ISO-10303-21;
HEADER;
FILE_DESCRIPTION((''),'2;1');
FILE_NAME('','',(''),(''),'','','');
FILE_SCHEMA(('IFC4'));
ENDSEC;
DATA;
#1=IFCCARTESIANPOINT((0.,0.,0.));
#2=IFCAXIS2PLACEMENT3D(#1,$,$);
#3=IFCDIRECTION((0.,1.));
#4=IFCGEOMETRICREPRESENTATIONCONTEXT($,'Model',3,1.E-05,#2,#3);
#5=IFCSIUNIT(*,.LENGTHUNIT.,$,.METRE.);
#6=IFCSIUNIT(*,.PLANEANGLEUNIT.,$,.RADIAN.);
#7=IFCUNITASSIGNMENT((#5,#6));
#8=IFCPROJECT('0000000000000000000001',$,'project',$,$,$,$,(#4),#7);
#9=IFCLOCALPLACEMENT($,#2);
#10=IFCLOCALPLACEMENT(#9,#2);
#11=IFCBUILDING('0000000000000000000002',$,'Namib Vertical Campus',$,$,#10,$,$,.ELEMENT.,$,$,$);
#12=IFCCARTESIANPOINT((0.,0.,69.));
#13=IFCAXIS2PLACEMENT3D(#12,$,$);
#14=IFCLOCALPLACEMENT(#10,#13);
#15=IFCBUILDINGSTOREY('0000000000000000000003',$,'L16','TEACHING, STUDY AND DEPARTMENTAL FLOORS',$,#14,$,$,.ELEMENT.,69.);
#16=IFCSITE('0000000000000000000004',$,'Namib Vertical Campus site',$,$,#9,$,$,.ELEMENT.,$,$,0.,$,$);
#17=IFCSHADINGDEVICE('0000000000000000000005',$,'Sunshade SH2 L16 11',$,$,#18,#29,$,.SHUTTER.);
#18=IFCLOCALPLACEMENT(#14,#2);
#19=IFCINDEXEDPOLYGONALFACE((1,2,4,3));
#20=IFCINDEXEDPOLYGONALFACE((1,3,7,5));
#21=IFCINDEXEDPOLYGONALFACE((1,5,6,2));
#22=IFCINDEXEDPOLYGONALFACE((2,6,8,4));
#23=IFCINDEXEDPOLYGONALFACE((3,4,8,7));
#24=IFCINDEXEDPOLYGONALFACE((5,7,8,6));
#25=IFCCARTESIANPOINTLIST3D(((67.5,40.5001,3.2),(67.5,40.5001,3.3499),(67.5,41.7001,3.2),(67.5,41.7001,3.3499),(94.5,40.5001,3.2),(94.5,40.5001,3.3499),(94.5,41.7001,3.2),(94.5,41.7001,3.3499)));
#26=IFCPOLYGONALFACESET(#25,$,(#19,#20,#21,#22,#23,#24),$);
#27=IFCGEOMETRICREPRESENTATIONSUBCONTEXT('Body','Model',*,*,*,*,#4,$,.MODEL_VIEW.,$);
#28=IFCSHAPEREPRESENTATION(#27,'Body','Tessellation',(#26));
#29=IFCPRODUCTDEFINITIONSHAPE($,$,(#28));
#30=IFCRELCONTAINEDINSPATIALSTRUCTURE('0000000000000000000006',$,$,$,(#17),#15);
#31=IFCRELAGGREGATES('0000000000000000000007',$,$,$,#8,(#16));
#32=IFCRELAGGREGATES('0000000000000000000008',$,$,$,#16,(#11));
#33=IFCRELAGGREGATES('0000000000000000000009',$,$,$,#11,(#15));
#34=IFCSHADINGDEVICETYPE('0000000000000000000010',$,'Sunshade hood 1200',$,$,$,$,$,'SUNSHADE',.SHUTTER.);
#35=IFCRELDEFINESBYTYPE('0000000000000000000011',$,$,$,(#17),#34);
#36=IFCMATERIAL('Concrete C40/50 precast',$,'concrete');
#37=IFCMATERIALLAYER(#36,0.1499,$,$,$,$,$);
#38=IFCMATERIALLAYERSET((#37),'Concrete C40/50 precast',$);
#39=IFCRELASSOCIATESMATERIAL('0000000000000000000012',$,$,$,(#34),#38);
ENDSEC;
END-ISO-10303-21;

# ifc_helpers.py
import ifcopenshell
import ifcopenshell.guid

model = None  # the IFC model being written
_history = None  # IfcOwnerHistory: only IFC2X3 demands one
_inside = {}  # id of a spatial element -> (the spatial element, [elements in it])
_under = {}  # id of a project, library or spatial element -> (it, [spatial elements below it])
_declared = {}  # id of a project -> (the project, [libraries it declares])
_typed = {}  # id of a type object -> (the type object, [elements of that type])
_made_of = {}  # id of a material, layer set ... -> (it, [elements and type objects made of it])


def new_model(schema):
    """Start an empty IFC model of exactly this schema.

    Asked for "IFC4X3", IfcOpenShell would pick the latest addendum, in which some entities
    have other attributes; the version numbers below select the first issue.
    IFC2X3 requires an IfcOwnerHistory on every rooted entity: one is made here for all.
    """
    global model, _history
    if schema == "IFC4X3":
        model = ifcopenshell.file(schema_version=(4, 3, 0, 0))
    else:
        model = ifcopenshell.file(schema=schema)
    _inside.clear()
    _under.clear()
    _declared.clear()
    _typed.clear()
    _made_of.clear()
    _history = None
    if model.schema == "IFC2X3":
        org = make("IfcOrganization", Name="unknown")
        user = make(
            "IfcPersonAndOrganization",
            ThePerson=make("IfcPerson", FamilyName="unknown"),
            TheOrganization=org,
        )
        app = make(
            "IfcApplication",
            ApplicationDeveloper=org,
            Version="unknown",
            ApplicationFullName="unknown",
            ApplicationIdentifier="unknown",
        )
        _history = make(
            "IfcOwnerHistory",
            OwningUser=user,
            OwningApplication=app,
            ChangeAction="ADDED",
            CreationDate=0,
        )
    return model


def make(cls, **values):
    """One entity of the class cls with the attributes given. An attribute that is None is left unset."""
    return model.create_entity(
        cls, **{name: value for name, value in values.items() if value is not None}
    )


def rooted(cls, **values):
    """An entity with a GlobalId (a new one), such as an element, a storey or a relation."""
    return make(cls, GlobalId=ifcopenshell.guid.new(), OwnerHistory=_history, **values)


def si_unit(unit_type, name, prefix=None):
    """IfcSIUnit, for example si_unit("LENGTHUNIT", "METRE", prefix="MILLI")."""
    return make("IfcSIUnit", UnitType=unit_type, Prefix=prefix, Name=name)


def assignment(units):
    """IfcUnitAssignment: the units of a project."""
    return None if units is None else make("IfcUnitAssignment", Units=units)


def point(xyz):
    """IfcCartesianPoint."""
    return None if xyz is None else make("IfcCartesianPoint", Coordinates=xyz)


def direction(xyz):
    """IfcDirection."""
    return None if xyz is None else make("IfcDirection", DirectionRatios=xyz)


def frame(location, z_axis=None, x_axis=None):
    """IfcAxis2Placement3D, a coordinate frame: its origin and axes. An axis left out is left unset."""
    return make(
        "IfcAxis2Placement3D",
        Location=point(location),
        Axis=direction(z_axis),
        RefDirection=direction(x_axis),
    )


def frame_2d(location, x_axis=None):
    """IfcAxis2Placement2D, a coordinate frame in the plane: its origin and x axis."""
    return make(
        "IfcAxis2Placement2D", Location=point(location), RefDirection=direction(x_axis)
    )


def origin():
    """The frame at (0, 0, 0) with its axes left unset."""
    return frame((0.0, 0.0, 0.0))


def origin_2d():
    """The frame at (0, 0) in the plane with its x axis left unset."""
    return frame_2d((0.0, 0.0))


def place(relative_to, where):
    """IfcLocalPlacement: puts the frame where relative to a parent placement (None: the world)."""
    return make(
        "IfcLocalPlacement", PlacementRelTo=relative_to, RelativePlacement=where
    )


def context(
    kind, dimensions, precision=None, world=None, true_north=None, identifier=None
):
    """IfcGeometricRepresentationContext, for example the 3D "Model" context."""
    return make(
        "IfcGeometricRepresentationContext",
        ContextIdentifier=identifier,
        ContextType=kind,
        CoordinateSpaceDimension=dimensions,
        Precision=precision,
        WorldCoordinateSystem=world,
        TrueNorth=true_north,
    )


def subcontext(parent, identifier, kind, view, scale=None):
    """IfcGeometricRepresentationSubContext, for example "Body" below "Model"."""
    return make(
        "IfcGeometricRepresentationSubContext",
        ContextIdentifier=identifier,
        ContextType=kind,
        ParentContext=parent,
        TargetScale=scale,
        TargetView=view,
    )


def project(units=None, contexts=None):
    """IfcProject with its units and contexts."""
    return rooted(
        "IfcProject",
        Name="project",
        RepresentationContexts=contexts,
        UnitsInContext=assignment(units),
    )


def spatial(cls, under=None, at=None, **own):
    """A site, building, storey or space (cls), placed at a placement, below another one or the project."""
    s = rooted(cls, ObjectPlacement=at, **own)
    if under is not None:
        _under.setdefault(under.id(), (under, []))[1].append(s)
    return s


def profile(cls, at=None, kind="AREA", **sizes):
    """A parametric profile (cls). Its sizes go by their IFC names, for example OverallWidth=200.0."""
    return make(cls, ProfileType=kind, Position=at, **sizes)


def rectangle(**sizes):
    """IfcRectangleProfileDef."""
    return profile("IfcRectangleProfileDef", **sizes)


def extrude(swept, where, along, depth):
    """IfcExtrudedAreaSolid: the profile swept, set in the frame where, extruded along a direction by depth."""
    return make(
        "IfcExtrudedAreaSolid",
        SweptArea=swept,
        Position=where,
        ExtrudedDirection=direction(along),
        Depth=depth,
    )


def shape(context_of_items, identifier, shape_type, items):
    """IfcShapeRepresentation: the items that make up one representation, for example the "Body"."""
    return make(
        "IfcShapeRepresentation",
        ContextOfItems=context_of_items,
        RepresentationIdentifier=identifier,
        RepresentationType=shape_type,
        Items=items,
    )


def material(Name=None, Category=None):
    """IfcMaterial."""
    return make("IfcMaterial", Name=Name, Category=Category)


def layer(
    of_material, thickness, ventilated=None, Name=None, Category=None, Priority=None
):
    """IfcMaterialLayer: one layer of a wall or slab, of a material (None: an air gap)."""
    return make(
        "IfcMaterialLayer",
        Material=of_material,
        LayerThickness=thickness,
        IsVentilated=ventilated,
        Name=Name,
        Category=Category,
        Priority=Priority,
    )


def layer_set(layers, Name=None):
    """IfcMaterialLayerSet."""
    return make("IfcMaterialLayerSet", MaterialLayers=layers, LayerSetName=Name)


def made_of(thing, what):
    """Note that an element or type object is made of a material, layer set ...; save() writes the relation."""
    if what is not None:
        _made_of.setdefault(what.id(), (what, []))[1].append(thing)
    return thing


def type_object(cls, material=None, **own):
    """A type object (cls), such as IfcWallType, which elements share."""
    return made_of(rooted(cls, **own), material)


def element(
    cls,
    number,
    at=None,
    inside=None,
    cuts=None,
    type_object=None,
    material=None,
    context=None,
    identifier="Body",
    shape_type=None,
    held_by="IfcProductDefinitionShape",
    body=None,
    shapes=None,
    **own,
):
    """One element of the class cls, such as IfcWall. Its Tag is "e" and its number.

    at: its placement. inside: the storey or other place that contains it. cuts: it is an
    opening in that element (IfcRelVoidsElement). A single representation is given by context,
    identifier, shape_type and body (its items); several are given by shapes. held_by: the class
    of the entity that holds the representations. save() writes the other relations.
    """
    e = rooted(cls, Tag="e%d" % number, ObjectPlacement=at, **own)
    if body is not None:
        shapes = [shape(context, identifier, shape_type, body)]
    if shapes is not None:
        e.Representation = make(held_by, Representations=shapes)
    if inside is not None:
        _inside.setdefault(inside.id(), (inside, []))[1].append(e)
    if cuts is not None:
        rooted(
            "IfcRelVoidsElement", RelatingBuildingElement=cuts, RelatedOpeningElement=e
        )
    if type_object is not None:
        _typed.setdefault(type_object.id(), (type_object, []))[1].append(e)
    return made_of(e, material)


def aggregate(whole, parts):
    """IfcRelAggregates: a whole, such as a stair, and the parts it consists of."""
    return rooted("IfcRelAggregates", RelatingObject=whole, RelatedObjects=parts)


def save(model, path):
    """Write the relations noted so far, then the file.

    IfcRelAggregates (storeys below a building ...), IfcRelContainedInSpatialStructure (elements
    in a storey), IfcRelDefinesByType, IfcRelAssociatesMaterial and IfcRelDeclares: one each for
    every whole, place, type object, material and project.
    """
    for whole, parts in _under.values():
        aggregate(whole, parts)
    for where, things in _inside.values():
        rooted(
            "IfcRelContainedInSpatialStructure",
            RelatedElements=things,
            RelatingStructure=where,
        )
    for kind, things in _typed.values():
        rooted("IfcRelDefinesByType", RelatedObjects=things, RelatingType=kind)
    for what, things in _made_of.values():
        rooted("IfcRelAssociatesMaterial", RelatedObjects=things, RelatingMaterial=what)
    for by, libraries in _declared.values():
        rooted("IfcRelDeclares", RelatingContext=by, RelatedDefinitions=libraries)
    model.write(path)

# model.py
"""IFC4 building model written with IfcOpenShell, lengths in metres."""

from ifc_helpers import new_model, si_unit, direction, frame, origin, origin_2d, place, context, subcontext, project, spatial, rectangle, extrude, material, layer, layer_set, type_object, element, save


model = new_model("IFC4")

# Units and contexts
model_context = context("Model", 3, precision=1e-05, world=origin(), true_north=direction((0.0, 1.0)))
body_context = subcontext(model_context, "Body", "Model", "MODEL_VIEW")
ifc_project = project(units=[si_unit("LENGTHUNIT", "METRE"), si_unit("PLANEANGLEUNIT", "RADIAN")], contexts=[model_context])

# Site, building, storey
site_placement = place(None, origin())
site = spatial("IfcSite", under=ifc_project, at=site_placement, Name="Namib Vertical Campus site", CompositionType="ELEMENT", RefElevation=0.0)
building_placement = place(site_placement, origin())
building = spatial("IfcBuilding", under=site, at=building_placement, Name="Namib Vertical Campus", CompositionType="ELEMENT")
storey_placement = place(building_placement, frame((0.0, 0.0, 69.0)))
storey = spatial("IfcBuildingStorey", under=building, at=storey_placement, Name="L16", Description="TEACHING, STUDY AND DEPARTMENTAL FLOORS", CompositionType="ELEMENT", Elevation=69.0)

# Shading device
ifc_material_1 = material(Name="Concrete C40/50 precast", Category="concrete")
ifc_layer_1 = layer(ifc_material_1, 0.1499)
ifc_layer_set_1 = layer_set([ifc_layer_1], Name="Concrete C40/50 precast")
shading_device_type = type_object("IfcShadingDeviceType", Name="Sunshade hood 1200", ElementType="SUNSHADE", PredefinedType="SHUTTER", material=ifc_layer_set_1)
shading_device_placement = place(storey_placement, frame((81.0, 41.1001, 3.2), z_axis=(0.0, 0.0, 1.0), x_axis=(-1.0, 0.0, 0.0)))
element("IfcShadingDevice", 1, at=shading_device_placement, inside=storey, type_object=shading_device_type, Name="Sunshade SH2 L16 11", PredefinedType="SHUTTER", context=body_context, shape_type="SweptSolid", body=[
    extrude(rectangle(XDim=27.0, YDim=1.2, at=origin_2d()), origin(), (0.0, 0.0, 1.0), 0.1499),
])

save(model, "model.ifc")
